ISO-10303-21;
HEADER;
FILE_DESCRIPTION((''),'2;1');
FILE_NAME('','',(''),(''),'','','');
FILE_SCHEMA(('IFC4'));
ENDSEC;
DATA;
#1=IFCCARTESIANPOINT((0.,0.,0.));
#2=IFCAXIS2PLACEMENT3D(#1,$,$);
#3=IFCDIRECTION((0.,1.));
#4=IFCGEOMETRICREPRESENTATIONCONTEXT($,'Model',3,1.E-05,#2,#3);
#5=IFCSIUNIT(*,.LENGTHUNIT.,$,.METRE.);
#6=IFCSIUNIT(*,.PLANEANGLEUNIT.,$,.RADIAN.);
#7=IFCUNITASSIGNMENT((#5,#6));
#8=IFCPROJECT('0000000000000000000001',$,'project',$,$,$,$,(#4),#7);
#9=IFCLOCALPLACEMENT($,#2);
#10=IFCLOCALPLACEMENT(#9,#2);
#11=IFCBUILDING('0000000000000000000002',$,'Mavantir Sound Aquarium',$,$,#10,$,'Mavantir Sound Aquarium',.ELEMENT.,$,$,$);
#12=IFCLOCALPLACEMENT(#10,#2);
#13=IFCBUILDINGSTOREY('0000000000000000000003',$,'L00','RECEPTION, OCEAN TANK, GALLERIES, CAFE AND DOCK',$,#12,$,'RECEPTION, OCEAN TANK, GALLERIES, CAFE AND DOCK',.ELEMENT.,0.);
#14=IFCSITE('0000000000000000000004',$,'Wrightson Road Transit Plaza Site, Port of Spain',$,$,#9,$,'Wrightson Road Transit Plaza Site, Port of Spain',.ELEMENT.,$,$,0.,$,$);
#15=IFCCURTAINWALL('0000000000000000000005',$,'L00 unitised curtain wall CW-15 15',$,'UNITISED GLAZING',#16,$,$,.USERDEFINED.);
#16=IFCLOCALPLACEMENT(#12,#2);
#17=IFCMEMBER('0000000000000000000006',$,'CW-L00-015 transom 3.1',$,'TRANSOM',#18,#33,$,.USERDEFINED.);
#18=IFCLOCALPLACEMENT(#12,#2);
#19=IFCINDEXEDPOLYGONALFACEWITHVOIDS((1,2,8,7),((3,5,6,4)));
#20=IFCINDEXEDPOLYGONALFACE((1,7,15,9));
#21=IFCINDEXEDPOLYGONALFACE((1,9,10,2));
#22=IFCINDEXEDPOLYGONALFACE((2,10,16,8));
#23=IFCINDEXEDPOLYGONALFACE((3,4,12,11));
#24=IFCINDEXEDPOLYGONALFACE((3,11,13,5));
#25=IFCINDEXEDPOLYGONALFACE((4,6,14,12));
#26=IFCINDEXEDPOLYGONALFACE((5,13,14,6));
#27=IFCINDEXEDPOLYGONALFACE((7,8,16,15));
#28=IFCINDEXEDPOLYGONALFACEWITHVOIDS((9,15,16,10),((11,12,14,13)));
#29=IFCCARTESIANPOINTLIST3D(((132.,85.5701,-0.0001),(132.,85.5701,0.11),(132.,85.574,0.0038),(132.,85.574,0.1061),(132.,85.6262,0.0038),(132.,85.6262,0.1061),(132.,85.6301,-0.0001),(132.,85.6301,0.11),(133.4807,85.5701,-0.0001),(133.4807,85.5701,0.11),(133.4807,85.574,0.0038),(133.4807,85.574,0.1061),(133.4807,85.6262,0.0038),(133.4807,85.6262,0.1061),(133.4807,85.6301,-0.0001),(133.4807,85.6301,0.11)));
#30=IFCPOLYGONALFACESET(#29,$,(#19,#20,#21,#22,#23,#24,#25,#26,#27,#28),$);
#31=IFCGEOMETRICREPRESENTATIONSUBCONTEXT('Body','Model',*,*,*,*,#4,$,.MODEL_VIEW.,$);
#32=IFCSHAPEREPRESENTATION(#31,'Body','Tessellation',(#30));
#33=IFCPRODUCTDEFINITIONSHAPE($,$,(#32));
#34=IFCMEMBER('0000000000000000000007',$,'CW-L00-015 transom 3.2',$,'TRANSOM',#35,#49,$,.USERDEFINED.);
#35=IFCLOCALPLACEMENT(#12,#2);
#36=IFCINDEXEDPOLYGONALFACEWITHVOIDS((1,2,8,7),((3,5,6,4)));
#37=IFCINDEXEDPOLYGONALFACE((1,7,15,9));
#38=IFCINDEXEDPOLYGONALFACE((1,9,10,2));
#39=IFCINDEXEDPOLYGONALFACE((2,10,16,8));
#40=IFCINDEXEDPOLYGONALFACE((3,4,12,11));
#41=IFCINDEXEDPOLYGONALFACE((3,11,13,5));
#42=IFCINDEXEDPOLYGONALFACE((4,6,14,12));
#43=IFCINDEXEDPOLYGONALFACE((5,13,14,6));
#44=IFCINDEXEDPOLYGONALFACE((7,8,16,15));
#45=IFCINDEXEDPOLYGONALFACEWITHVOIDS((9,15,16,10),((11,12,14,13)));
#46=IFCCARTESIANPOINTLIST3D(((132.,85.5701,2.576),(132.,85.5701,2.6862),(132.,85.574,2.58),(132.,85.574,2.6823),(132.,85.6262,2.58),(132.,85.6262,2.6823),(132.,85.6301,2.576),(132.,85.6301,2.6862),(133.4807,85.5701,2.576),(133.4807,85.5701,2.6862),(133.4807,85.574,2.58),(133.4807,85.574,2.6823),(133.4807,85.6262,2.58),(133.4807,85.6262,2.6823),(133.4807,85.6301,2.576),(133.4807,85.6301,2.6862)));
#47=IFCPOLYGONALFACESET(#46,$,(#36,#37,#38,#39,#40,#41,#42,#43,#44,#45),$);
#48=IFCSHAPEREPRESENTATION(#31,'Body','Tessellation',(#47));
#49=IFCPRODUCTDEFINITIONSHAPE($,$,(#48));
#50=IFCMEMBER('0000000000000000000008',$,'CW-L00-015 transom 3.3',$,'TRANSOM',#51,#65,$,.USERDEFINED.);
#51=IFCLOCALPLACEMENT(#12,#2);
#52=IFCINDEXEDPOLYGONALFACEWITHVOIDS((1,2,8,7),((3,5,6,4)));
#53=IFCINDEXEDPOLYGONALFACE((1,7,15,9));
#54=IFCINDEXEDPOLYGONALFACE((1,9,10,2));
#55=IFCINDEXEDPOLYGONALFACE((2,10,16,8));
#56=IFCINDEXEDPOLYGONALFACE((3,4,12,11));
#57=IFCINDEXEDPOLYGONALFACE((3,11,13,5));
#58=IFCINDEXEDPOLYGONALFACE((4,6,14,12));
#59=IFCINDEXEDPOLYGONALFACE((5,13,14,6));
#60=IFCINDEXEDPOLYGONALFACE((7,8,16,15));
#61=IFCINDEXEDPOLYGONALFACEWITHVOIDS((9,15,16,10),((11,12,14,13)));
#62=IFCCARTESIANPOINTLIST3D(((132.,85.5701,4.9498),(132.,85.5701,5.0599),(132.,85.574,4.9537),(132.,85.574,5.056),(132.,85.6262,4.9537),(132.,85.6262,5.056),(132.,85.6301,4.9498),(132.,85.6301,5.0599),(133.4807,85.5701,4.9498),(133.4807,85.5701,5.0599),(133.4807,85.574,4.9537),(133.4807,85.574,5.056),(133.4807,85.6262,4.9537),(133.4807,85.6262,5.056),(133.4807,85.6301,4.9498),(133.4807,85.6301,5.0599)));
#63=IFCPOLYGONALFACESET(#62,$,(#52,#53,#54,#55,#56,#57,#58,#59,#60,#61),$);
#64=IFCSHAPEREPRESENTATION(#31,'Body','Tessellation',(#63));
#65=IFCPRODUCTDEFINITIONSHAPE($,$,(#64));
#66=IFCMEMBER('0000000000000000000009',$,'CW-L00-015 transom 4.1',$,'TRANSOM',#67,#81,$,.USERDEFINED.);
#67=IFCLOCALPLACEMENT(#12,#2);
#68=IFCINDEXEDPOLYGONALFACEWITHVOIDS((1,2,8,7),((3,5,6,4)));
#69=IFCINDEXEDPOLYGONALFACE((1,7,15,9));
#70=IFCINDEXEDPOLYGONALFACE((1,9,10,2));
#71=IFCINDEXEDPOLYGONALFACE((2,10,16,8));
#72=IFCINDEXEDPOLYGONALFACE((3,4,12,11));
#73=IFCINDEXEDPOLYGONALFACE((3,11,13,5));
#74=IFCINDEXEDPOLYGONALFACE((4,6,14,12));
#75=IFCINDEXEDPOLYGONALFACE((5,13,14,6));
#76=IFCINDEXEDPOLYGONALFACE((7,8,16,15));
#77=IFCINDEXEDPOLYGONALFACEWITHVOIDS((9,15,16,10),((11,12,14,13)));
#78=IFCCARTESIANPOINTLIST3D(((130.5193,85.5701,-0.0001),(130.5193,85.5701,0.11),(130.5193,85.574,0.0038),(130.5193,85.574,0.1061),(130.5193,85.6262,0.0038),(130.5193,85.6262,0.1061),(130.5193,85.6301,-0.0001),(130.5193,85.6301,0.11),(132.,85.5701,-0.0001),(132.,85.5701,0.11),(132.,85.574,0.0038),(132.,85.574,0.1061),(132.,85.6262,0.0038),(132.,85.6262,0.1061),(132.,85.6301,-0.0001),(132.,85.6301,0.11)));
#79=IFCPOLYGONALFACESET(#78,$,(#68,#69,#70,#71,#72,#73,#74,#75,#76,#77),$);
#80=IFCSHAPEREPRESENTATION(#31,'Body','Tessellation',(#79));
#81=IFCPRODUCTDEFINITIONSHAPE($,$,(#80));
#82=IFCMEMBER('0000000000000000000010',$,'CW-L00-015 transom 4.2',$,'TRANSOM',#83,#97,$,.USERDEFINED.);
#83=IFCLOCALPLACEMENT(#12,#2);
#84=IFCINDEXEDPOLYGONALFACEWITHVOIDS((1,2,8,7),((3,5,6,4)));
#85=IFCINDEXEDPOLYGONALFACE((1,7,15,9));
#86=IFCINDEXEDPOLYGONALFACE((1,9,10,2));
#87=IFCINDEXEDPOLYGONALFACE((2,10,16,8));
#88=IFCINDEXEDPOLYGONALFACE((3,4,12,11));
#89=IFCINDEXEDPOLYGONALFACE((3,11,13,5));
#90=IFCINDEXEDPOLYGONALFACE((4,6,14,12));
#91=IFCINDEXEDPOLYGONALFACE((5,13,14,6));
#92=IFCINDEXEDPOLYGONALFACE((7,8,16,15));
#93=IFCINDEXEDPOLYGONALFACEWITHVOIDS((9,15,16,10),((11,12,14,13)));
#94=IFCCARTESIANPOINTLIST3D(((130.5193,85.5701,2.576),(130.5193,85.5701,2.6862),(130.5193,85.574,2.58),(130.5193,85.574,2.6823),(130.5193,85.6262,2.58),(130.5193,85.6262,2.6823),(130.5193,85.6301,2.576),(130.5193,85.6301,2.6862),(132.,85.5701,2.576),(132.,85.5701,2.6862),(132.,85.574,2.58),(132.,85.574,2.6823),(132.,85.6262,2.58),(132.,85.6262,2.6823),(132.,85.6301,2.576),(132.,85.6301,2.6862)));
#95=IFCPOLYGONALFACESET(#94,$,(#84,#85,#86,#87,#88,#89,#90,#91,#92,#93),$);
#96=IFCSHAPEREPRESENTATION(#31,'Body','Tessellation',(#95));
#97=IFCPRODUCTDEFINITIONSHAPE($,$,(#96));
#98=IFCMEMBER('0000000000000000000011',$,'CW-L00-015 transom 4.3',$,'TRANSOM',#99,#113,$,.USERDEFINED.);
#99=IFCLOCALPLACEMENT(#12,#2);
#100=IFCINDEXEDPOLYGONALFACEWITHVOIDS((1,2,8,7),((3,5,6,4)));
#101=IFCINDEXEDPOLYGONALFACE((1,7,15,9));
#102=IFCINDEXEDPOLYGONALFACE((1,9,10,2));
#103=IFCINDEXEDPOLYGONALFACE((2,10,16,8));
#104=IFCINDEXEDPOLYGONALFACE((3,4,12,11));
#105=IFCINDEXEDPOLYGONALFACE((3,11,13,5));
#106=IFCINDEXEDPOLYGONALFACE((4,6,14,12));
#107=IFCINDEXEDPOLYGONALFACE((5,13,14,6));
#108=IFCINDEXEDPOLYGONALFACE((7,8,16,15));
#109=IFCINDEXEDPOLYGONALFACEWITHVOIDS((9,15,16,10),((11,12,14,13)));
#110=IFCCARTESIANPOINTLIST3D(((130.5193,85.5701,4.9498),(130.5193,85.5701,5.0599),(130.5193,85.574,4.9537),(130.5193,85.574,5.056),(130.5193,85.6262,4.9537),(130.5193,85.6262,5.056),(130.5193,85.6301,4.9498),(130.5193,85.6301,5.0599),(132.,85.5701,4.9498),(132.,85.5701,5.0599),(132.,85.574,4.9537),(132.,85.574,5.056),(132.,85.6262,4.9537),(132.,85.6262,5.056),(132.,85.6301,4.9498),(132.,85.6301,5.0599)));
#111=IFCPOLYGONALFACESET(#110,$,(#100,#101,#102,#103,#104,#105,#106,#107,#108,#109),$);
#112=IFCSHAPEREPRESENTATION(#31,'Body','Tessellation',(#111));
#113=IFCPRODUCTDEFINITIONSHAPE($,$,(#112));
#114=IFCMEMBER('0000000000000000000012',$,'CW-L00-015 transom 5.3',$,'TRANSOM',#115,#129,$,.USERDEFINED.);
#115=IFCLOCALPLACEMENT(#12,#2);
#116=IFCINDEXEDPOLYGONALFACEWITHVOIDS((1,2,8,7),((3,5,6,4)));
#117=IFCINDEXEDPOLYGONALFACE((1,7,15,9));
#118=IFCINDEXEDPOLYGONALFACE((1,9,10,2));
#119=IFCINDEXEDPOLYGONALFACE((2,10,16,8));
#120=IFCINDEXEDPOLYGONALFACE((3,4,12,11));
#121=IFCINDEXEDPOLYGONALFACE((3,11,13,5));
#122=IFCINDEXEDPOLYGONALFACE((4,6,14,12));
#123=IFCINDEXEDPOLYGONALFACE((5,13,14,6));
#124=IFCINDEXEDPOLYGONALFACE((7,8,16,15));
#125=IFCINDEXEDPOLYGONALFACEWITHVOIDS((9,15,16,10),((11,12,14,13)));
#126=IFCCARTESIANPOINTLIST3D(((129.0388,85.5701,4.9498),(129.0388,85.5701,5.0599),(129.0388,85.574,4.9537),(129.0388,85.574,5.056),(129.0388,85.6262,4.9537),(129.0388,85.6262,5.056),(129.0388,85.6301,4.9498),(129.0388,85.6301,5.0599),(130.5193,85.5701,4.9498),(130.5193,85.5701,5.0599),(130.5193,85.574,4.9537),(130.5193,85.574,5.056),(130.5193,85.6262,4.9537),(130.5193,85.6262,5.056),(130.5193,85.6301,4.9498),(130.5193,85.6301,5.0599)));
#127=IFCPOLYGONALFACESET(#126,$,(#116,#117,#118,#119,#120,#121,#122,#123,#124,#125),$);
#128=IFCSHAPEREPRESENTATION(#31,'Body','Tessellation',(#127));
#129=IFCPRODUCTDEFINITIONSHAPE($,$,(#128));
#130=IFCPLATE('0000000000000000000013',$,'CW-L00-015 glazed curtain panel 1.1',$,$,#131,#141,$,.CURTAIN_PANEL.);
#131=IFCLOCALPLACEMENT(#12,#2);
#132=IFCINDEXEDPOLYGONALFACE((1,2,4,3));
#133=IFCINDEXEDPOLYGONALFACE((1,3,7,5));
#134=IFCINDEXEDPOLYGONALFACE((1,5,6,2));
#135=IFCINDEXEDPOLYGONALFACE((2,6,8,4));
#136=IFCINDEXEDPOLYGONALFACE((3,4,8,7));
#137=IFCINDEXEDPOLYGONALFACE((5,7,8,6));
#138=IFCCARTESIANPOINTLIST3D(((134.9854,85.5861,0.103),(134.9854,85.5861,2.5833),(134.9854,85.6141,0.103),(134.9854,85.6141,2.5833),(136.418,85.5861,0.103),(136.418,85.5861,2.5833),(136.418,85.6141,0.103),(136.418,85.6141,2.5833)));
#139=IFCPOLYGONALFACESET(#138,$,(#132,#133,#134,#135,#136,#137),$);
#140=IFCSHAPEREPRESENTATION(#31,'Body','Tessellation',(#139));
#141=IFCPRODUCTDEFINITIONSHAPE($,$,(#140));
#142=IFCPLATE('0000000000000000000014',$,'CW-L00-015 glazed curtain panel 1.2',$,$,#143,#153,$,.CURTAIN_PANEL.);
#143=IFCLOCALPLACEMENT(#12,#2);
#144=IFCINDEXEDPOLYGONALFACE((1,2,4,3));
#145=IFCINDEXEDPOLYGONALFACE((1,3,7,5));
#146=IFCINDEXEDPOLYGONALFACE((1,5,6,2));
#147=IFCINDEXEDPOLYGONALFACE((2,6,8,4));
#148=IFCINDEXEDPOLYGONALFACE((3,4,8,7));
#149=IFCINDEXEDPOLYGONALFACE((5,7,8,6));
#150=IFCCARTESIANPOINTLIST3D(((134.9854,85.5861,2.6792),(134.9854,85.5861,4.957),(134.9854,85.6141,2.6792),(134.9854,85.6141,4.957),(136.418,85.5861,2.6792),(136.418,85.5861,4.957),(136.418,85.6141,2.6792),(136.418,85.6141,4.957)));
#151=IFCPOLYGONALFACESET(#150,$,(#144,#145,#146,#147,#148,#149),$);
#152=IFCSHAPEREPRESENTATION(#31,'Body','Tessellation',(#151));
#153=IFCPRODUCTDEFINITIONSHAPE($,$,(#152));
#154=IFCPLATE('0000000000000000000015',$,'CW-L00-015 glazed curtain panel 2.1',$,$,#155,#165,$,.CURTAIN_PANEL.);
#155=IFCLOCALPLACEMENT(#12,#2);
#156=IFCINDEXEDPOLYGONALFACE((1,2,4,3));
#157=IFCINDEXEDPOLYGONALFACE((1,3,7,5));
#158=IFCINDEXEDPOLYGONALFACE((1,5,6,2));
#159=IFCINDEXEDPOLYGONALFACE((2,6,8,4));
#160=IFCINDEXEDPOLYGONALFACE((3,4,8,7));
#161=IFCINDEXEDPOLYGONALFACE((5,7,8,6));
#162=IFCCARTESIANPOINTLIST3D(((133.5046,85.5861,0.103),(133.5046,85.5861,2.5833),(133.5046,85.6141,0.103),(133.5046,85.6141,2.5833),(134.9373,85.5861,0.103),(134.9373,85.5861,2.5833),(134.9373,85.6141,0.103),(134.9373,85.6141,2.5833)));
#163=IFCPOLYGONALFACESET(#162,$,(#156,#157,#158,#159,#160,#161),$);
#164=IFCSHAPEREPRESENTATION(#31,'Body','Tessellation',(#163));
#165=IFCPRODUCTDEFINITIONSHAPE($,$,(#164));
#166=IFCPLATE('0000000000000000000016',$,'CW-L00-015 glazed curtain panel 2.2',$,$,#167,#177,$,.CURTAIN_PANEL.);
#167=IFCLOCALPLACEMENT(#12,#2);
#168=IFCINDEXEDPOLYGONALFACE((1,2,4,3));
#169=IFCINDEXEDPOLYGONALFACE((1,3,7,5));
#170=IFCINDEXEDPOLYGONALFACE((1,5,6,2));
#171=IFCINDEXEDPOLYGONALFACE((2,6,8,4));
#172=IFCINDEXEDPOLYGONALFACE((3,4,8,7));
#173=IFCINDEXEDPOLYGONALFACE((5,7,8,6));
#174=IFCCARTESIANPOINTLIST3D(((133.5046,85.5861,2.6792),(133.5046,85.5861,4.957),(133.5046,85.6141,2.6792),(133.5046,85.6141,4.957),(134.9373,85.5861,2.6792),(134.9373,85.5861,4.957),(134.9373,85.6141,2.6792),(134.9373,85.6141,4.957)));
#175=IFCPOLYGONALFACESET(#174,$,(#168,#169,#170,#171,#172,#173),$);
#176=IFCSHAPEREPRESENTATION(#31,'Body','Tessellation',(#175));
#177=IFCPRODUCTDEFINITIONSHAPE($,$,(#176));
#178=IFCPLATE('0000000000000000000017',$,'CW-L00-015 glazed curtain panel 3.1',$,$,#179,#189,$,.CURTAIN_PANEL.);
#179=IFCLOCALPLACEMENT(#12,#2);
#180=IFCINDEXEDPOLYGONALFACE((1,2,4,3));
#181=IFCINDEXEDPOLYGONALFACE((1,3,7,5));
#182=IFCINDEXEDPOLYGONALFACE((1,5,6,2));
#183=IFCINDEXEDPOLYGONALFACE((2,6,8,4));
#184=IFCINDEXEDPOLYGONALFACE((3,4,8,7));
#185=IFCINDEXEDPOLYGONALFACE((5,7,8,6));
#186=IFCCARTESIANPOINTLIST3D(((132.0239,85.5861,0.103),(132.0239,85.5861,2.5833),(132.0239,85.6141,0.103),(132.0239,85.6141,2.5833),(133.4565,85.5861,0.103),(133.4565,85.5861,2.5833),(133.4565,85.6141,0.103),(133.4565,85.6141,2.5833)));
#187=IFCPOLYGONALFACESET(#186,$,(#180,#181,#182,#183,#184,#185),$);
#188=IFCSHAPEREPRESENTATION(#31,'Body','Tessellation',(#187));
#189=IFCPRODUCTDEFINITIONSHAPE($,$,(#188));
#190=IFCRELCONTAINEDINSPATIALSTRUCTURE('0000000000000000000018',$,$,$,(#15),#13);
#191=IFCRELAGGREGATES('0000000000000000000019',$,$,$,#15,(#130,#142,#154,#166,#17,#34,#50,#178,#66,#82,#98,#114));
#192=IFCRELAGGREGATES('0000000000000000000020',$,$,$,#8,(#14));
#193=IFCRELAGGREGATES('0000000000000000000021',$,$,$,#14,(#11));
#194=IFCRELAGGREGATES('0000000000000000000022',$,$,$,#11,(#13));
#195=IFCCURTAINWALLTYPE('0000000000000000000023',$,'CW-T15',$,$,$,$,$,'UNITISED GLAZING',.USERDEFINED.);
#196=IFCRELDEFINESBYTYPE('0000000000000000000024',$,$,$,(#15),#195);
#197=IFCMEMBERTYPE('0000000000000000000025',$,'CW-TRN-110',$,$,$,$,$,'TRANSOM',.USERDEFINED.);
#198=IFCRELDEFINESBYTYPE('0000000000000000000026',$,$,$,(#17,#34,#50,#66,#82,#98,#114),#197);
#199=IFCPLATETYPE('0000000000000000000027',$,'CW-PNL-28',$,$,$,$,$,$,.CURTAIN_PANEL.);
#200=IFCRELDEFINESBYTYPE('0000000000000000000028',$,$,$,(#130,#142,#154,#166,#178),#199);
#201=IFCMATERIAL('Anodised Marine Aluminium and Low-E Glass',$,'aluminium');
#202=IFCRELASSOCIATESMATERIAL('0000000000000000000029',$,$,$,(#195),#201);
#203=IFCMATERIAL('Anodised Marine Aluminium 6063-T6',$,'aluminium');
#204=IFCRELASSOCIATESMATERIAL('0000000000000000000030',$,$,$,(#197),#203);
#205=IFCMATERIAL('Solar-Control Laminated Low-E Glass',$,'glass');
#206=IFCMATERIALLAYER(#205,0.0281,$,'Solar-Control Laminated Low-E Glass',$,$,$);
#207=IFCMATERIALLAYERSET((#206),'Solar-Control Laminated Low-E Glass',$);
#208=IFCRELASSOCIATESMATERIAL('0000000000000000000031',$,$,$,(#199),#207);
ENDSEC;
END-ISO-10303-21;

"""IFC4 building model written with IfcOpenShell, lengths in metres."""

from ifc_helpers import new_model, si_unit, direction, frame, origin, origin_2d, place, context, subcontext, project, spatial, rectangle, hollow_rectangle, extrude, material, layer, layer_set, material_profile, profile_set, type_object, element, aggregate, save


model = new_model("IFC4")

# Units and contexts
model_context = context("Model", 3, precision=1e-05, world=origin(), true_north=direction((0.0, 1.0)))
body_context = subcontext(model_context, "Body", "Model", "MODEL_VIEW")
ifc_project = project(units=[si_unit("LENGTHUNIT", "METRE"), si_unit("PLANEANGLEUNIT", "RADIAN")], contexts=[model_context])

# Site, building, storey
site_placement = place(None, origin())
site = spatial("IfcSite", under=ifc_project, at=site_placement, Name="Wrightson Road Transit Plaza Site, Port of Spain", LongName="Wrightson Road Transit Plaza Site, Port of Spain", CompositionType="ELEMENT", RefElevation=0.0)
building_placement = place(site_placement, origin())
building = spatial("IfcBuilding", under=site, at=building_placement, Name="Mavantir Sound Aquarium", LongName="Mavantir Sound Aquarium", CompositionType="ELEMENT")
storey_placement = place(building_placement, origin())
storey = spatial("IfcBuildingStorey", under=building, at=storey_placement, Name="L00", Description="RECEPTION, OCEAN TANK, GALLERIES, CAFE AND DOCK", LongName="RECEPTION, OCEAN TANK, GALLERIES, CAFE AND DOCK", CompositionType="ELEMENT", Elevation=0.0)

# Curtain wall, members, plates
ifc_material_1 = material(Name="Anodised Marine Aluminium and Low-E Glass", Category="aluminium")
curtain_wall_type = type_object("IfcCurtainWallType", Name="CW-T15", ElementType="UNITISED GLAZING", PredefinedType="USERDEFINED", material=ifc_material_1)
curtain_wall_placement = place(storey_placement, origin())
curtain_wall = element("IfcCurtainWall", 1, at=curtain_wall_placement, inside=storey, type_object=curtain_wall_type, Name="L00 unitised curtain wall CW-15 15", ObjectType="UNITISED GLAZING", PredefinedType="USERDEFINED")
ifc_material_2 = material(Name="Anodised Marine Aluminium 6063-T6", Category="aluminium")
ifc_material_profile_1 = material_profile(ifc_material_2, hollow_rectangle(XDim=0.0601, YDim=0.1101, WallThickness=0.0039, at=origin_2d()), Name="ALU-TRANSOM-110X60")
ifc_profile_set_1 = profile_set([ifc_material_profile_1], Name="Anodised Marine Aluminium 6063-T6")
member_type_1 = type_object("IfcMemberType", Name="CW-TRN-110", ElementType="TRANSOM", PredefinedType="USERDEFINED", material=ifc_profile_set_1)
member_1_placement = place(storey_placement, frame((133.4807, 85.6001, 0.0549), z_axis=(-1.0, 0.0, 0.0), x_axis=(0.0, -1.0, 0.0)))
member_1 = element("IfcMember", 2, at=member_1_placement, type_object=member_type_1, Name="CW-L00-015 transom 3.1", ObjectType="TRANSOM", PredefinedType="USERDEFINED", context=body_context, shape_type="SweptSolid", body=[
    extrude(hollow_rectangle(XDim=0.0601, YDim=0.1101, WallThickness=0.0039, at=origin_2d()), origin(), (0.0, 0.0, 1.0), 1.4807),
])
member_2_placement = place(storey_placement, frame((133.4807, 85.6001, 2.6311), z_axis=(-1.0, 0.0, 0.0), x_axis=(0.0, -1.0, 0.0)))
member_2 = element("IfcMember", 3, at=member_2_placement, type_object=member_type_1, Name="CW-L00-015 transom 3.2", ObjectType="TRANSOM", PredefinedType="USERDEFINED", context=body_context, shape_type="SweptSolid", body=[
    extrude(hollow_rectangle(XDim=0.0601, YDim=0.1101, WallThickness=0.0039, at=origin_2d()), origin(), (0.0, 0.0, 1.0), 1.4807),
])
member_3_placement = place(storey_placement, frame((133.4807, 85.6001, 5.0049), z_axis=(-1.0, 0.0, 0.0), x_axis=(0.0, -1.0, 0.0)))
member_3 = element("IfcMember", 4, at=member_3_placement, type_object=member_type_1, Name="CW-L00-015 transom 3.3", ObjectType="TRANSOM", PredefinedType="USERDEFINED", context=body_context, shape_type="SweptSolid", body=[
    extrude(hollow_rectangle(XDim=0.0601, YDim=0.1101, WallThickness=0.0039, at=origin_2d()), origin(), (0.0, 0.0, 1.0), 1.4807),
])
member_4_placement = place(storey_placement, frame((132.0, 85.6001, 0.0549), z_axis=(-1.0, 0.0, 0.0), x_axis=(0.0, -1.0, 0.0)))
member_4 = element("IfcMember", 5, at=member_4_placement, type_object=member_type_1, Name="CW-L00-015 transom 4.1", ObjectType="TRANSOM", PredefinedType="USERDEFINED", context=body_context, shape_type="SweptSolid", body=[
    extrude(hollow_rectangle(XDim=0.0601, YDim=0.1101, WallThickness=0.0039, at=origin_2d()), origin(), (0.0, 0.0, 1.0), 1.4807),
])
member_5_placement = place(storey_placement, frame((132.0, 85.6001, 2.6311), z_axis=(-1.0, 0.0, 0.0), x_axis=(0.0, -1.0, 0.0)))
member_5 = element("IfcMember", 6, at=member_5_placement, type_object=member_type_1, Name="CW-L00-015 transom 4.2", ObjectType="TRANSOM", PredefinedType="USERDEFINED", context=body_context, shape_type="SweptSolid", body=[
    extrude(hollow_rectangle(XDim=0.0601, YDim=0.1101, WallThickness=0.0039, at=origin_2d()), origin(), (0.0, 0.0, 1.0), 1.4807),
])
member_6_placement = place(storey_placement, frame((132.0, 85.6001, 5.0049), z_axis=(-1.0, 0.0, 0.0), x_axis=(0.0, -1.0, 0.0)))
member_6 = element("IfcMember", 7, at=member_6_placement, type_object=member_type_1, Name="CW-L00-015 transom 4.3", ObjectType="TRANSOM", PredefinedType="USERDEFINED", context=body_context, shape_type="SweptSolid", body=[
    extrude(hollow_rectangle(XDim=0.0601, YDim=0.1101, WallThickness=0.0039, at=origin_2d()), origin(), (0.0, 0.0, 1.0), 1.4807),
])
member_7_placement = place(storey_placement, frame((130.5193, 85.6001, 5.0049), z_axis=(-1.0, 0.0, 0.0), x_axis=(0.0, -1.0, 0.0)))
member_7 = element("IfcMember", 8, at=member_7_placement, type_object=member_type_1, Name="CW-L00-015 transom 5.3", ObjectType="TRANSOM", PredefinedType="USERDEFINED", context=body_context, shape_type="SweptSolid", body=[
    extrude(hollow_rectangle(XDim=0.0601, YDim=0.1101, WallThickness=0.0039, at=origin_2d()), origin(), (0.0, 0.0, 1.0), 1.4805),
])
ifc_material_3 = material(Name="Solar-Control Laminated Low-E Glass", Category="glass")
ifc_layer = layer(ifc_material_3, 0.0281, Name="Solar-Control Laminated Low-E Glass")
ifc_layer_set = layer_set([ifc_layer], Name="Solar-Control Laminated Low-E Glass")
plate_type = type_object("IfcPlateType", Name="CW-PNL-28", PredefinedType="CURTAIN_PANEL", material=ifc_layer_set)
plate_1_placement = place(storey_placement, frame((135.7017, 85.6001, 0.103), z_axis=(0.0, 0.0, 1.0), x_axis=(-1.0, 0.0, 0.0)))
plate_1 = element("IfcPlate", 9, at=plate_1_placement, type_object=plate_type, Name="CW-L00-015 glazed curtain panel 1.1", PredefinedType="CURTAIN_PANEL", context=body_context, shape_type="SweptSolid", body=[
    extrude(rectangle(XDim=1.4326, YDim=0.0281, at=origin_2d()), origin(), (0.0, 0.0, 1.0), 2.4802),
])
plate_2_placement = place(storey_placement, frame((135.7017, 85.6001, 2.6792), z_axis=(0.0, 0.0, 1.0), x_axis=(-1.0, 0.0, 0.0)))
plate_2 = element("IfcPlate", 10, at=plate_2_placement, type_object=plate_type, Name="CW-L00-015 glazed curtain panel 1.2", PredefinedType="CURTAIN_PANEL", context=body_context, shape_type="SweptSolid", body=[
    extrude(rectangle(XDim=1.4326, YDim=0.0281, at=origin_2d()), origin(), (0.0, 0.0, 1.0), 2.2778),
])
plate_3_placement = place(storey_placement, frame((134.2209, 85.6001, 0.103), z_axis=(0.0, 0.0, 1.0), x_axis=(-1.0, 0.0, 0.0)))
plate_3 = element("IfcPlate", 11, at=plate_3_placement, type_object=plate_type, Name="CW-L00-015 glazed curtain panel 2.1", PredefinedType="CURTAIN_PANEL", context=body_context, shape_type="SweptSolid", body=[
    extrude(rectangle(XDim=1.4326, YDim=0.0281, at=origin_2d()), origin(), (0.0, 0.0, 1.0), 2.4802),
])
plate_4_placement = place(storey_placement, frame((134.2209, 85.6001, 2.6792), z_axis=(0.0, 0.0, 1.0), x_axis=(-1.0, 0.0, 0.0)))
plate_4 = element("IfcPlate", 12, at=plate_4_placement, type_object=plate_type, Name="CW-L00-015 glazed curtain panel 2.2", PredefinedType="CURTAIN_PANEL", context=body_context, shape_type="SweptSolid", body=[
    extrude(rectangle(XDim=1.4326, YDim=0.0281, at=origin_2d()), origin(), (0.0, 0.0, 1.0), 2.2778),
])
plate_5_placement = place(storey_placement, frame((132.7402, 85.6001, 0.103), z_axis=(0.0, 0.0, 1.0), x_axis=(-1.0, 0.0, 0.0)))
plate_5 = element("IfcPlate", 13, at=plate_5_placement, type_object=plate_type, Name="CW-L00-015 glazed curtain panel 3.1", PredefinedType="CURTAIN_PANEL", context=body_context, shape_type="SweptSolid", body=[
    extrude(rectangle(XDim=1.4326, YDim=0.0281, at=origin_2d()), origin(), (0.0, 0.0, 1.0), 2.4802),
])
aggregate(curtain_wall, [plate_1, plate_2, plate_3, plate_4, member_1, member_2, member_3, plate_5, member_4, member_5, member_6, member_7])

save(model, "model.ifc")
